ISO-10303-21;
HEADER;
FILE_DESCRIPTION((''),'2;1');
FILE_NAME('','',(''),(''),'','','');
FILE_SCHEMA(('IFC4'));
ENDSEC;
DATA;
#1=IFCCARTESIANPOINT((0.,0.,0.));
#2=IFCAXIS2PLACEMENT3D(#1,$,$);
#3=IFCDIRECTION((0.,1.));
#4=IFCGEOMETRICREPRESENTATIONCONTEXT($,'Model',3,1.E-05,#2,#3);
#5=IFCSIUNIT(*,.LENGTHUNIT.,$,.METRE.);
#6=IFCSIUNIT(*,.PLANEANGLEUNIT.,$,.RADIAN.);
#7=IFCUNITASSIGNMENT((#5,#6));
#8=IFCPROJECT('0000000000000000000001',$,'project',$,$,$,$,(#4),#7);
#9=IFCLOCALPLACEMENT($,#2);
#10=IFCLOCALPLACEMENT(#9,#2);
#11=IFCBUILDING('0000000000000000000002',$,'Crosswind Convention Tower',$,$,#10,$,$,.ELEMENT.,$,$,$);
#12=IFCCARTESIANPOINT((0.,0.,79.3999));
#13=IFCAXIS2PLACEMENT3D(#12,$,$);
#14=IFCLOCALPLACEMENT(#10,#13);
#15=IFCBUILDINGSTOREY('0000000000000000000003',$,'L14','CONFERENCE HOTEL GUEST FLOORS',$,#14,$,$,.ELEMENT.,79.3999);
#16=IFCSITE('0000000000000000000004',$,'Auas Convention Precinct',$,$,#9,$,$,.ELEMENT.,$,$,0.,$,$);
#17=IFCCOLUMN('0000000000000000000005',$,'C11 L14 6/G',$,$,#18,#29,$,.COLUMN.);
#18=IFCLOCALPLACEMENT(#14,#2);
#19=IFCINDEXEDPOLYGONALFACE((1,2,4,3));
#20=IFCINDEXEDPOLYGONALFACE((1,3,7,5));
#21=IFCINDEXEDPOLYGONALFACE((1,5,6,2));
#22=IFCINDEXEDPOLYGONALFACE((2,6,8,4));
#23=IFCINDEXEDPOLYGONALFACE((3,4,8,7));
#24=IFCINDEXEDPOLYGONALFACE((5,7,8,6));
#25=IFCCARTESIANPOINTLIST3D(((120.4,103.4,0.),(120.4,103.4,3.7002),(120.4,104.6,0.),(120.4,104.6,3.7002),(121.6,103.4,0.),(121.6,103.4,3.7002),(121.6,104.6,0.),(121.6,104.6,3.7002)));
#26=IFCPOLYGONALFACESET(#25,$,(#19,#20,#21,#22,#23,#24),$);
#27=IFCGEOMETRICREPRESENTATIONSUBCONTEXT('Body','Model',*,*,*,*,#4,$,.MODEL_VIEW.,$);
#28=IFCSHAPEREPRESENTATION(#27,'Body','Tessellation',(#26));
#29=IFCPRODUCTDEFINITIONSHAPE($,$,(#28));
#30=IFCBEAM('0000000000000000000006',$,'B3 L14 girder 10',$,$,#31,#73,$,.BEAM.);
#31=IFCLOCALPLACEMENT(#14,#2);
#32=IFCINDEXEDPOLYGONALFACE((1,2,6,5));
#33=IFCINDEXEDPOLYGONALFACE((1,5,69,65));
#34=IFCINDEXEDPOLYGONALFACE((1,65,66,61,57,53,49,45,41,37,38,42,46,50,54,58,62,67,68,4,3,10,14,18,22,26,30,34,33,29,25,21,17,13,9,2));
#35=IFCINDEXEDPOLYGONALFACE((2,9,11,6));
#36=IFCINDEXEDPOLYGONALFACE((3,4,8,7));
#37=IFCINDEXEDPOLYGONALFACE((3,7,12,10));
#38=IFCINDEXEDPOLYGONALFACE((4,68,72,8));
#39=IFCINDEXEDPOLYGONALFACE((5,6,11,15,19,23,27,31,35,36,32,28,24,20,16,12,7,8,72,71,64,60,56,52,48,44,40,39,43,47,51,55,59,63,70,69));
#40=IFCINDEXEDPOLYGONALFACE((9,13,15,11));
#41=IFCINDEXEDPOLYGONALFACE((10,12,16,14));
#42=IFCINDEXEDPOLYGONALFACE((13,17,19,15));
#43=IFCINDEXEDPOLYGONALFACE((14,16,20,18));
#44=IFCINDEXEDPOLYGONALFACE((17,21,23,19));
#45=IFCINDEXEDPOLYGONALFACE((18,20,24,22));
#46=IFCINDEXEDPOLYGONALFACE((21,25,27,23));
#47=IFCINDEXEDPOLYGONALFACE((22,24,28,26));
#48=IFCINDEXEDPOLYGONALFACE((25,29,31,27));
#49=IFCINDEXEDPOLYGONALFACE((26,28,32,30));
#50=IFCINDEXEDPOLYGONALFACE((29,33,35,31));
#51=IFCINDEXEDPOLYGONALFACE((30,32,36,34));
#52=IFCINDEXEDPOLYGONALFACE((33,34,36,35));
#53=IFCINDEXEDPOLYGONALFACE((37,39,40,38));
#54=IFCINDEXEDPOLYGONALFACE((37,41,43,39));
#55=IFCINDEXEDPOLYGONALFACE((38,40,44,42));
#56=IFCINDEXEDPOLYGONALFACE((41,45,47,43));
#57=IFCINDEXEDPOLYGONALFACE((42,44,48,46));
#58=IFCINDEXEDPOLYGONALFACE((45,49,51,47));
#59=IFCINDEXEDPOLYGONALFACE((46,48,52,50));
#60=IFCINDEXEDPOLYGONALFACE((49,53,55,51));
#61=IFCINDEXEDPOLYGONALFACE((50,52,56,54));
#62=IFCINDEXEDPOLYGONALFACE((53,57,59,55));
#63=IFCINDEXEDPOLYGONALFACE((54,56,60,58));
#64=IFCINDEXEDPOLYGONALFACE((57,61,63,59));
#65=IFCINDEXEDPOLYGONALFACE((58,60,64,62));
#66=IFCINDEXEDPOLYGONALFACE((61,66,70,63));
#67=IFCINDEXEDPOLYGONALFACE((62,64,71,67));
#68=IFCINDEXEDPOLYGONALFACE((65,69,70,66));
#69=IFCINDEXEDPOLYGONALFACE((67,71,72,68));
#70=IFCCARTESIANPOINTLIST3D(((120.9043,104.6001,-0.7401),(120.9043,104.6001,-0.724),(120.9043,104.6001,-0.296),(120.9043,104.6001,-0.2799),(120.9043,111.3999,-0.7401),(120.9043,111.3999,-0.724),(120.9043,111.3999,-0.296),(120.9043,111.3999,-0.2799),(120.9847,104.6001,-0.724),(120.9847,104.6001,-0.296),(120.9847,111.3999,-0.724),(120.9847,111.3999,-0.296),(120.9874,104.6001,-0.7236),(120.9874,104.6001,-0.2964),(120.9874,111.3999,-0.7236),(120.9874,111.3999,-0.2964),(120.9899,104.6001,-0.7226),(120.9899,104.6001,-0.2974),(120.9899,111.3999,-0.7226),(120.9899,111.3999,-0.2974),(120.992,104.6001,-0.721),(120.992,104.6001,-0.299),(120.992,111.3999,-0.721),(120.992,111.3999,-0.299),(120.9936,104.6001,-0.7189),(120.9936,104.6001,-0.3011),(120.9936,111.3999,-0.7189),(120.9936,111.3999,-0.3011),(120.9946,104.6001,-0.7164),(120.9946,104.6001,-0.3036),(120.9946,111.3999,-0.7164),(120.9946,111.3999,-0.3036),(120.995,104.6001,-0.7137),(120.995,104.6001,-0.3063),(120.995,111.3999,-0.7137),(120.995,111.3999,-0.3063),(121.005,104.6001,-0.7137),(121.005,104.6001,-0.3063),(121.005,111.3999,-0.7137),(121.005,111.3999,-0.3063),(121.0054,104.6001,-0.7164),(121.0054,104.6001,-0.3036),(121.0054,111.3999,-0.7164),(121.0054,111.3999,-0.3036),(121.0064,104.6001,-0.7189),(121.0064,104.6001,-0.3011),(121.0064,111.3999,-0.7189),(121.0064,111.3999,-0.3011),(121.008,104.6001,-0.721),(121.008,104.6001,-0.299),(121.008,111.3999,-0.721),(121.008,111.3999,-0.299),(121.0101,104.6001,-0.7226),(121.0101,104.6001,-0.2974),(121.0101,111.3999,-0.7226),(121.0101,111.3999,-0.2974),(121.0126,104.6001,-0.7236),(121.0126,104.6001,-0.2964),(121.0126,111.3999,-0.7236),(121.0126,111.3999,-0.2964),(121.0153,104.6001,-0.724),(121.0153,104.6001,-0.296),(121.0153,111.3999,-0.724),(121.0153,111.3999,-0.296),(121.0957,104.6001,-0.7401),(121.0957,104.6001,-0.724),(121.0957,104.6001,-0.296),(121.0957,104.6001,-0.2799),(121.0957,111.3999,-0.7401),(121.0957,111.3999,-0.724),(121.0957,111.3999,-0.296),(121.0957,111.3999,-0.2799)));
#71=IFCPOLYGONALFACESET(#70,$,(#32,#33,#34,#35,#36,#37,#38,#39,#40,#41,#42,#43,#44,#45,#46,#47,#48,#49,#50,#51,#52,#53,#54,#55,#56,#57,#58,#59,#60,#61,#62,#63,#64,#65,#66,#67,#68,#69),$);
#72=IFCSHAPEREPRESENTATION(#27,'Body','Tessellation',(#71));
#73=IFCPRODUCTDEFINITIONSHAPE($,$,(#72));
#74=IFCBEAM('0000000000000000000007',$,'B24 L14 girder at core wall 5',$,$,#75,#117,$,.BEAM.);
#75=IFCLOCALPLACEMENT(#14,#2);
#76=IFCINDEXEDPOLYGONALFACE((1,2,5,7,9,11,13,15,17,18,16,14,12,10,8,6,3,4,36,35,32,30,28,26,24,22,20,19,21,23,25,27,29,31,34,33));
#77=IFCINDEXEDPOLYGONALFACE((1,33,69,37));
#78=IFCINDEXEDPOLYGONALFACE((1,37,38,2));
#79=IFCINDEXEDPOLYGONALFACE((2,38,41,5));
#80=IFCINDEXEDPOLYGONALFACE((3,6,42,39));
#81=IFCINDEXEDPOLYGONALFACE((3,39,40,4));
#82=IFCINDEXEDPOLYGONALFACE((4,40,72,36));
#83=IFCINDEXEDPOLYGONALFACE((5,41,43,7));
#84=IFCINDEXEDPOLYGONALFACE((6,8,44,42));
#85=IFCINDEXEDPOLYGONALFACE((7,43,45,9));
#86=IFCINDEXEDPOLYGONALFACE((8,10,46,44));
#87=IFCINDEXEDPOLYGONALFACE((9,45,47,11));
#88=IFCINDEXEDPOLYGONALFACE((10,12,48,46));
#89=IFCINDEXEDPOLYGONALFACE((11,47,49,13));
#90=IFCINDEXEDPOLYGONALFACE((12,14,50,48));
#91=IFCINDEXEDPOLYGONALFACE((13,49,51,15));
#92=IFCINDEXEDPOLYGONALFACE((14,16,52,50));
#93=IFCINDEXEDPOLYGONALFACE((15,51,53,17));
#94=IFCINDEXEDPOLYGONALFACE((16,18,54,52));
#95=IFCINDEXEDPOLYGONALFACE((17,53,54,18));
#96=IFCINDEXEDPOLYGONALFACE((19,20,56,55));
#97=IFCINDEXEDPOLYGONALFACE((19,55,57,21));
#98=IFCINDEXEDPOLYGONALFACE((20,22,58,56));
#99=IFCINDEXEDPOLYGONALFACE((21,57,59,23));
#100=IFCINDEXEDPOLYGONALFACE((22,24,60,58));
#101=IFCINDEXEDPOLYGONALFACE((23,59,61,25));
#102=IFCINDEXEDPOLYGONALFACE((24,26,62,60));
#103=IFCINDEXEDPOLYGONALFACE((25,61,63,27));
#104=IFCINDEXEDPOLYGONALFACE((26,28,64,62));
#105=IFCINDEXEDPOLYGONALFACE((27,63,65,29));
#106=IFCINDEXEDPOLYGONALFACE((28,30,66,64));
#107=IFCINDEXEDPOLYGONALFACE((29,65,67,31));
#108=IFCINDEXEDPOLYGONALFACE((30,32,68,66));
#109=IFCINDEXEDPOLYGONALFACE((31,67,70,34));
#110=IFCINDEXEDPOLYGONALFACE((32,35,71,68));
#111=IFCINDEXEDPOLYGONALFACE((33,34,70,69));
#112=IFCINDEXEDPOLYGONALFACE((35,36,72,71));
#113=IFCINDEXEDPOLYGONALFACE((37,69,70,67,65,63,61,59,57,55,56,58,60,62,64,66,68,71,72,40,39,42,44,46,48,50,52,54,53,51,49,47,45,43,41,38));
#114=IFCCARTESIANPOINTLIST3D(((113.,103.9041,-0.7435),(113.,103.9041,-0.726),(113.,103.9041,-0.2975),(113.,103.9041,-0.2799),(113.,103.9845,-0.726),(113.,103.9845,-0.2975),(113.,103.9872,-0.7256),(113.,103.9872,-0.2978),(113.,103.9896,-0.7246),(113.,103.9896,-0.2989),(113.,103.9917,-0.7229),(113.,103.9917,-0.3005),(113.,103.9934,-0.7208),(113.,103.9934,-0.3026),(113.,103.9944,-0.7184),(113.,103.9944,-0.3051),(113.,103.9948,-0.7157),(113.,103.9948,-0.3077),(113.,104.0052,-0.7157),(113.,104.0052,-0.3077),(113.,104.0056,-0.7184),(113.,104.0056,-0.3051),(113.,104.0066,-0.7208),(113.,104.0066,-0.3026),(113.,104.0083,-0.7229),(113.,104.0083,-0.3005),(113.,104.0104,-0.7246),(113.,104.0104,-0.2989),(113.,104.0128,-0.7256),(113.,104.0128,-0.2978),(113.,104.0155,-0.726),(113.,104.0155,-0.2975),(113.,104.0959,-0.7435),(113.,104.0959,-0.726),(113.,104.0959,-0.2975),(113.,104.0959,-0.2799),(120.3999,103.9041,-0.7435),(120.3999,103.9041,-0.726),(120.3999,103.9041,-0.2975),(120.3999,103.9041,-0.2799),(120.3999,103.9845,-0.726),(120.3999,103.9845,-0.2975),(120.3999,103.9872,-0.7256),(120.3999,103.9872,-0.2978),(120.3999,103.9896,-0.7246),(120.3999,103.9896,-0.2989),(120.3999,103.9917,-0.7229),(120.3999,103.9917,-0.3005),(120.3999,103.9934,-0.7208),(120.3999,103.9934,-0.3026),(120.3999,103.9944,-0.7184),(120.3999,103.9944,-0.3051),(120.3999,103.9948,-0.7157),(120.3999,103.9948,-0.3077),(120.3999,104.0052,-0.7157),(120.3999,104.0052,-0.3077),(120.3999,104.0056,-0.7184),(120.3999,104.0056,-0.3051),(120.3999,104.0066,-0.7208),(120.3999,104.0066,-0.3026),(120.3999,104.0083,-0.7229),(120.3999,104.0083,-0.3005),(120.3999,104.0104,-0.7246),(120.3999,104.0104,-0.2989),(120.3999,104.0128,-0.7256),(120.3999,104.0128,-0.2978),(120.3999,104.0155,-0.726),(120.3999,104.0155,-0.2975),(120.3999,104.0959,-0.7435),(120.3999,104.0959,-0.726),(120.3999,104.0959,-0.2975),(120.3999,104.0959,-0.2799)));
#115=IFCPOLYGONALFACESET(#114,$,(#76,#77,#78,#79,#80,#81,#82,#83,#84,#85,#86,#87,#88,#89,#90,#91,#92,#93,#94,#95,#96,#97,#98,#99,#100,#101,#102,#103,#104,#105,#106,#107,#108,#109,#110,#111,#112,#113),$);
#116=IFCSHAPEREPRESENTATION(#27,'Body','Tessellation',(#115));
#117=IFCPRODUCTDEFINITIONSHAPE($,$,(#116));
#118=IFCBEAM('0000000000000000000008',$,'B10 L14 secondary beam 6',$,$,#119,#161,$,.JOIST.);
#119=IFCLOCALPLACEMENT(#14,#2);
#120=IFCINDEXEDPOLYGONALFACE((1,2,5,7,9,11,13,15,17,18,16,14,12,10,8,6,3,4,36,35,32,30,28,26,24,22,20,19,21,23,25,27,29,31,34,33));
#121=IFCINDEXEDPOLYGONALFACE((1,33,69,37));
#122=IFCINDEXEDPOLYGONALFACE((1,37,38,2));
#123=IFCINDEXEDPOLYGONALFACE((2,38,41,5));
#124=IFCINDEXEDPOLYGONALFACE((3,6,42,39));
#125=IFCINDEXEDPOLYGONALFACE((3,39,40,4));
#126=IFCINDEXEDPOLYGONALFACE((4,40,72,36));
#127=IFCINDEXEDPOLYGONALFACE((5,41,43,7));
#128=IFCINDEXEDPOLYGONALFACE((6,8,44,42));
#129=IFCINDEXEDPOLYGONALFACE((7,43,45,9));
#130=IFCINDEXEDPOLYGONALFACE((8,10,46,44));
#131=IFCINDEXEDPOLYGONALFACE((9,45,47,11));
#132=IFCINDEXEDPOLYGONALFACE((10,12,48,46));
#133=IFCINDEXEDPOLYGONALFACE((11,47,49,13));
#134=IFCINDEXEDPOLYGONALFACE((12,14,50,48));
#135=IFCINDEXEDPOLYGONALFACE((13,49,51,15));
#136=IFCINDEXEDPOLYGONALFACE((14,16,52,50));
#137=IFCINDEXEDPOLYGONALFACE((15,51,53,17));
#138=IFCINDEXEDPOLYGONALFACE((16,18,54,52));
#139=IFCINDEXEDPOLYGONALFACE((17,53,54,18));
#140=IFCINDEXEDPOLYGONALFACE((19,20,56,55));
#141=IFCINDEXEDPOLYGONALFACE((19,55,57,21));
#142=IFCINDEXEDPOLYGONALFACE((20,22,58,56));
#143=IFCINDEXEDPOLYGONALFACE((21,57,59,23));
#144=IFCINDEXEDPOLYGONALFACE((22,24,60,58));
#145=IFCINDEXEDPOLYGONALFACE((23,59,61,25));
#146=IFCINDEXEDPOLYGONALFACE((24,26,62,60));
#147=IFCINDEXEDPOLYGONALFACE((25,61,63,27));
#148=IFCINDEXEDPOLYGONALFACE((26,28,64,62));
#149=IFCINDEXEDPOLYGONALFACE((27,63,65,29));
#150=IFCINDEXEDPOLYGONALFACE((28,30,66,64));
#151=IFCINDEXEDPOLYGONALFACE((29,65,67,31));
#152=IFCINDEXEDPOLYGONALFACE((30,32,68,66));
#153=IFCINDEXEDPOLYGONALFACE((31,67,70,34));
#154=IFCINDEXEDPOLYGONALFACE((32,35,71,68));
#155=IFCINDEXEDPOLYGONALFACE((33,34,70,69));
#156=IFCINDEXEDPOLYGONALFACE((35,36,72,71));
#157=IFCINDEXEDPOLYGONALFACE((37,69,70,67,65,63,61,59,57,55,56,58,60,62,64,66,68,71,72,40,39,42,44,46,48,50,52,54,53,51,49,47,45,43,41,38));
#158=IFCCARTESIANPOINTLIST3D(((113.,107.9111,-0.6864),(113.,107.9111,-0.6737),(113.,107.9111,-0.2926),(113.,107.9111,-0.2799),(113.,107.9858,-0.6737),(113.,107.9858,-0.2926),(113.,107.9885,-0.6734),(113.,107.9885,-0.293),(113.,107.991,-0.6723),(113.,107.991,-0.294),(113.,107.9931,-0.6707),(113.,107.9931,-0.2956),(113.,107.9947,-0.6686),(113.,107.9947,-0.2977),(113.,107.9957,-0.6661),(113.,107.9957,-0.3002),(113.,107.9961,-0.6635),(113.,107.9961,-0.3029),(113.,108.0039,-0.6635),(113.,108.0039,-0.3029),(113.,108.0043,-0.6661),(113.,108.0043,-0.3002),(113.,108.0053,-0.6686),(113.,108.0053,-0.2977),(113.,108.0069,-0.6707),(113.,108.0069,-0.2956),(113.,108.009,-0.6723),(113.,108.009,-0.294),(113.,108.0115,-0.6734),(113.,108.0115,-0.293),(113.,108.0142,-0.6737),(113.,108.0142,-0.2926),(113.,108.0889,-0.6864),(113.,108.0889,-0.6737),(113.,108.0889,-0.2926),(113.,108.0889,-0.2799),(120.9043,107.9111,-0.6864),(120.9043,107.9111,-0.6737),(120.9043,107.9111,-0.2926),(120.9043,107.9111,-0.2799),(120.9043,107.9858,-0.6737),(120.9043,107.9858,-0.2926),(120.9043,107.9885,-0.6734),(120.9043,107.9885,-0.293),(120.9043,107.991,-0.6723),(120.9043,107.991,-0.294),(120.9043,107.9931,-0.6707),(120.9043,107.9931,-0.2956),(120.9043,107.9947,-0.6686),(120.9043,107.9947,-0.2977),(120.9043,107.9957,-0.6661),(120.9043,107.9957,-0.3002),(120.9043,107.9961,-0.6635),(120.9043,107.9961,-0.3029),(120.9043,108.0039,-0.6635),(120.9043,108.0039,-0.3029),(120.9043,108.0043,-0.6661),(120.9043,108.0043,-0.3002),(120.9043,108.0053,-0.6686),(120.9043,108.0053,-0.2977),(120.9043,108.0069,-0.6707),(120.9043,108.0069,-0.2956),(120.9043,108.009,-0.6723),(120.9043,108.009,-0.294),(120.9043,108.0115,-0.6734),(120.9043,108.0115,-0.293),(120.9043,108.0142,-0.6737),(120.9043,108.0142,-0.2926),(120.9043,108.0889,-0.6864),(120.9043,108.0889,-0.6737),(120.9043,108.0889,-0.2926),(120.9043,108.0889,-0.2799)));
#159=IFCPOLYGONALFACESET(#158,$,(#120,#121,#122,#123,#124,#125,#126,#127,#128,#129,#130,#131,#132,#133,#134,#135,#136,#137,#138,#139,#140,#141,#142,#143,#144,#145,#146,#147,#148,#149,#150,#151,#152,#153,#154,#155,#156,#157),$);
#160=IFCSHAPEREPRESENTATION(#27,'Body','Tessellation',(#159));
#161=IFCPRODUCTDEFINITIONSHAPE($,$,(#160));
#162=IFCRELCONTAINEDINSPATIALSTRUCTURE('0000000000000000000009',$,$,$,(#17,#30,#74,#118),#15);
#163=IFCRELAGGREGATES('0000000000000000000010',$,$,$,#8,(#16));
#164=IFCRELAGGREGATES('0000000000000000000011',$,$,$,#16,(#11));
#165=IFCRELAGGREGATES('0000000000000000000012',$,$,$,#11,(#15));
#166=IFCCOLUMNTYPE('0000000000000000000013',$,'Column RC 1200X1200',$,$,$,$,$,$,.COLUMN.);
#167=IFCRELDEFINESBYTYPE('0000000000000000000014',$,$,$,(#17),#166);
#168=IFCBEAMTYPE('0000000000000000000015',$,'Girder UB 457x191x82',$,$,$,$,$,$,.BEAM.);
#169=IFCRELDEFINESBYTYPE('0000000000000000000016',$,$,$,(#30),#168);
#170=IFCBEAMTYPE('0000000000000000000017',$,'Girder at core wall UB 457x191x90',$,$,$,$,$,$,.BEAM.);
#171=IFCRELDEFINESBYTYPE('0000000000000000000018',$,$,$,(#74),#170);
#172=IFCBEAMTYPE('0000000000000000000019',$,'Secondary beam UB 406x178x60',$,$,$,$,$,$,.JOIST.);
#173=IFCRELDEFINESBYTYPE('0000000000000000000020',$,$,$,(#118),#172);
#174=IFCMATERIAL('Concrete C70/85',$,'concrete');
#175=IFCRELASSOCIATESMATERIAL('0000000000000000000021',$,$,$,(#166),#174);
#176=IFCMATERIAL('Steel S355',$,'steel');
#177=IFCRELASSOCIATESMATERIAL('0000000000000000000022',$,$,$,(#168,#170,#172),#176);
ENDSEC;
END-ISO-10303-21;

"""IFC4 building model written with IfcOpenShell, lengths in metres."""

from ifc_helpers import new_model, si_unit, direction, frame, origin, origin_2d, place, context, subcontext, project, spatial, rectangle, i_section, extrude, material, material_profile, profile_set, type_object, element, save


model = new_model("IFC4")

# Units and contexts
model_context = context("Model", 3, precision=1e-05, world=origin(), true_north=direction((0.0, 1.0)))
body_context = subcontext(model_context, "Body", "Model", "MODEL_VIEW")
ifc_project = project(units=[si_unit("LENGTHUNIT", "METRE"), si_unit("PLANEANGLEUNIT", "RADIAN")], contexts=[model_context])

# Site, building, storey
site_placement = place(None, origin())
site = spatial("IfcSite", under=ifc_project, at=site_placement, Name="Auas Convention Precinct", CompositionType="ELEMENT", RefElevation=0.0)
building_placement = place(site_placement, origin())
building = spatial("IfcBuilding", under=site, at=building_placement, Name="Crosswind Convention Tower", CompositionType="ELEMENT")
storey_placement = place(building_placement, frame((0.0, 0.0, 79.3999)))
storey = spatial("IfcBuildingStorey", under=building, at=storey_placement, Name="L14", Description="CONFERENCE HOTEL GUEST FLOORS", CompositionType="ELEMENT", Elevation=79.3999)

# Column
ifc_material_1 = material(Name="Concrete C70/85", Category="concrete")
ifc_material_profile_1 = material_profile(ifc_material_1, rectangle(XDim=1.2, YDim=1.2, at=origin_2d()), Name="RC 1200X1200")
ifc_profile_set_1 = profile_set([ifc_material_profile_1], Name="Concrete C70/85")
column_type = type_object("IfcColumnType", Name="Column RC 1200X1200", PredefinedType="COLUMN", material=ifc_profile_set_1)
column_placement = place(storey_placement, frame((121.0, 104.0, 0.0), z_axis=(0.0, 0.0, 1.0), x_axis=(1.0, 0.0, 0.0)))
element("IfcColumn", 1, at=column_placement, inside=storey, type_object=column_type, Name="C11 L14 6/G", PredefinedType="COLUMN", context=body_context, shape_type="SweptSolid", body=[
    extrude(rectangle(XDim=1.2, YDim=1.2, at=origin_2d()), origin(), (0.0, 0.0, 1.0), 3.7002),
])

# Beams
ifc_material_2 = material(Name="Steel S355", Category="steel")
ifc_material_profile_2 = material_profile(ifc_material_2, i_section(OverallWidth=0.1914, OverallDepth=0.4602, WebThickness=0.01, FlangeThickness=0.0161, FilletRadius=0.0103, at=origin_2d()), Name="UB 457x191x82")
ifc_profile_set_2 = profile_set([ifc_material_profile_2], Name="Steel S355")
beam_type_1 = type_object("IfcBeamType", Name="Girder UB 457x191x82", PredefinedType="BEAM", material=ifc_profile_set_2)
beam_1_placement = place(storey_placement, frame((121.0, 104.6001, -0.51), z_axis=(0.0, 1.0, 0.0), x_axis=(-1.0, 0.0, 0.0)))
element("IfcBeam", 2, at=beam_1_placement, inside=storey, type_object=beam_type_1, Name="B3 L14 girder 10", PredefinedType="BEAM", context=body_context, shape_type="SweptSolid", body=[
    extrude(i_section(OverallWidth=0.1914, OverallDepth=0.4602, WebThickness=0.01, FlangeThickness=0.0161, FilletRadius=0.0103, at=origin_2d()), origin(), (0.0, 0.0, 1.0), 6.7998),
])
ifc_material_profile_3 = material_profile(ifc_material_2, i_section(OverallWidth=0.1919, OverallDepth=0.4636, WebThickness=0.0105, FlangeThickness=0.0176, FilletRadius=0.0103, at=origin_2d()), Name="UB 457x191x90")
ifc_profile_set_3 = profile_set([ifc_material_profile_3], Name="Steel S355")
beam_type_2 = type_object("IfcBeamType", Name="Girder at core wall UB 457x191x90", PredefinedType="BEAM", material=ifc_profile_set_3)
beam_2_placement = place(storey_placement, frame((113.0, 104.0, -0.5117), z_axis=(1.0, 0.0, 0.0), x_axis=(0.0, 1.0, 0.0)))
element("IfcBeam", 3, at=beam_2_placement, inside=storey, type_object=beam_type_2, Name="B24 L14 girder at core wall 5", PredefinedType="BEAM", context=body_context, shape_type="SweptSolid", body=[
    extrude(i_section(OverallWidth=0.1919, OverallDepth=0.4636, WebThickness=0.0105, FlangeThickness=0.0176, FilletRadius=0.0103, at=origin_2d()), origin(), (0.0, 0.0, 1.0), 7.3999),
])
ifc_material_profile_4 = material_profile(ifc_material_2, i_section(OverallWidth=0.1777, OverallDepth=0.4065, WebThickness=0.0078, FlangeThickness=0.0127, FilletRadius=0.0103, at=origin_2d()), Name="UB 406x178x60")
ifc_profile_set_4 = profile_set([ifc_material_profile_4], Name="Steel S355")
beam_type_3 = type_object("IfcBeamType", Name="Secondary beam UB 406x178x60", PredefinedType="JOIST", material=ifc_profile_set_4)
beam_3_placement = place(storey_placement, frame((113.0, 108.0, -0.4832), z_axis=(1.0, 0.0, 0.0), x_axis=(0.0, 1.0, 0.0)))
element("IfcBeam", 4, at=beam_3_placement, inside=storey, type_object=beam_type_3, Name="B10 L14 secondary beam 6", PredefinedType="JOIST", context=body_context, shape_type="SweptSolid", body=[
    extrude(i_section(OverallWidth=0.1777, OverallDepth=0.4065, WebThickness=0.0078, FlangeThickness=0.0127, FilletRadius=0.0103, at=origin_2d()), origin(), (0.0, 0.0, 1.0), 7.9043),
])

save(model, "model.ifc")
